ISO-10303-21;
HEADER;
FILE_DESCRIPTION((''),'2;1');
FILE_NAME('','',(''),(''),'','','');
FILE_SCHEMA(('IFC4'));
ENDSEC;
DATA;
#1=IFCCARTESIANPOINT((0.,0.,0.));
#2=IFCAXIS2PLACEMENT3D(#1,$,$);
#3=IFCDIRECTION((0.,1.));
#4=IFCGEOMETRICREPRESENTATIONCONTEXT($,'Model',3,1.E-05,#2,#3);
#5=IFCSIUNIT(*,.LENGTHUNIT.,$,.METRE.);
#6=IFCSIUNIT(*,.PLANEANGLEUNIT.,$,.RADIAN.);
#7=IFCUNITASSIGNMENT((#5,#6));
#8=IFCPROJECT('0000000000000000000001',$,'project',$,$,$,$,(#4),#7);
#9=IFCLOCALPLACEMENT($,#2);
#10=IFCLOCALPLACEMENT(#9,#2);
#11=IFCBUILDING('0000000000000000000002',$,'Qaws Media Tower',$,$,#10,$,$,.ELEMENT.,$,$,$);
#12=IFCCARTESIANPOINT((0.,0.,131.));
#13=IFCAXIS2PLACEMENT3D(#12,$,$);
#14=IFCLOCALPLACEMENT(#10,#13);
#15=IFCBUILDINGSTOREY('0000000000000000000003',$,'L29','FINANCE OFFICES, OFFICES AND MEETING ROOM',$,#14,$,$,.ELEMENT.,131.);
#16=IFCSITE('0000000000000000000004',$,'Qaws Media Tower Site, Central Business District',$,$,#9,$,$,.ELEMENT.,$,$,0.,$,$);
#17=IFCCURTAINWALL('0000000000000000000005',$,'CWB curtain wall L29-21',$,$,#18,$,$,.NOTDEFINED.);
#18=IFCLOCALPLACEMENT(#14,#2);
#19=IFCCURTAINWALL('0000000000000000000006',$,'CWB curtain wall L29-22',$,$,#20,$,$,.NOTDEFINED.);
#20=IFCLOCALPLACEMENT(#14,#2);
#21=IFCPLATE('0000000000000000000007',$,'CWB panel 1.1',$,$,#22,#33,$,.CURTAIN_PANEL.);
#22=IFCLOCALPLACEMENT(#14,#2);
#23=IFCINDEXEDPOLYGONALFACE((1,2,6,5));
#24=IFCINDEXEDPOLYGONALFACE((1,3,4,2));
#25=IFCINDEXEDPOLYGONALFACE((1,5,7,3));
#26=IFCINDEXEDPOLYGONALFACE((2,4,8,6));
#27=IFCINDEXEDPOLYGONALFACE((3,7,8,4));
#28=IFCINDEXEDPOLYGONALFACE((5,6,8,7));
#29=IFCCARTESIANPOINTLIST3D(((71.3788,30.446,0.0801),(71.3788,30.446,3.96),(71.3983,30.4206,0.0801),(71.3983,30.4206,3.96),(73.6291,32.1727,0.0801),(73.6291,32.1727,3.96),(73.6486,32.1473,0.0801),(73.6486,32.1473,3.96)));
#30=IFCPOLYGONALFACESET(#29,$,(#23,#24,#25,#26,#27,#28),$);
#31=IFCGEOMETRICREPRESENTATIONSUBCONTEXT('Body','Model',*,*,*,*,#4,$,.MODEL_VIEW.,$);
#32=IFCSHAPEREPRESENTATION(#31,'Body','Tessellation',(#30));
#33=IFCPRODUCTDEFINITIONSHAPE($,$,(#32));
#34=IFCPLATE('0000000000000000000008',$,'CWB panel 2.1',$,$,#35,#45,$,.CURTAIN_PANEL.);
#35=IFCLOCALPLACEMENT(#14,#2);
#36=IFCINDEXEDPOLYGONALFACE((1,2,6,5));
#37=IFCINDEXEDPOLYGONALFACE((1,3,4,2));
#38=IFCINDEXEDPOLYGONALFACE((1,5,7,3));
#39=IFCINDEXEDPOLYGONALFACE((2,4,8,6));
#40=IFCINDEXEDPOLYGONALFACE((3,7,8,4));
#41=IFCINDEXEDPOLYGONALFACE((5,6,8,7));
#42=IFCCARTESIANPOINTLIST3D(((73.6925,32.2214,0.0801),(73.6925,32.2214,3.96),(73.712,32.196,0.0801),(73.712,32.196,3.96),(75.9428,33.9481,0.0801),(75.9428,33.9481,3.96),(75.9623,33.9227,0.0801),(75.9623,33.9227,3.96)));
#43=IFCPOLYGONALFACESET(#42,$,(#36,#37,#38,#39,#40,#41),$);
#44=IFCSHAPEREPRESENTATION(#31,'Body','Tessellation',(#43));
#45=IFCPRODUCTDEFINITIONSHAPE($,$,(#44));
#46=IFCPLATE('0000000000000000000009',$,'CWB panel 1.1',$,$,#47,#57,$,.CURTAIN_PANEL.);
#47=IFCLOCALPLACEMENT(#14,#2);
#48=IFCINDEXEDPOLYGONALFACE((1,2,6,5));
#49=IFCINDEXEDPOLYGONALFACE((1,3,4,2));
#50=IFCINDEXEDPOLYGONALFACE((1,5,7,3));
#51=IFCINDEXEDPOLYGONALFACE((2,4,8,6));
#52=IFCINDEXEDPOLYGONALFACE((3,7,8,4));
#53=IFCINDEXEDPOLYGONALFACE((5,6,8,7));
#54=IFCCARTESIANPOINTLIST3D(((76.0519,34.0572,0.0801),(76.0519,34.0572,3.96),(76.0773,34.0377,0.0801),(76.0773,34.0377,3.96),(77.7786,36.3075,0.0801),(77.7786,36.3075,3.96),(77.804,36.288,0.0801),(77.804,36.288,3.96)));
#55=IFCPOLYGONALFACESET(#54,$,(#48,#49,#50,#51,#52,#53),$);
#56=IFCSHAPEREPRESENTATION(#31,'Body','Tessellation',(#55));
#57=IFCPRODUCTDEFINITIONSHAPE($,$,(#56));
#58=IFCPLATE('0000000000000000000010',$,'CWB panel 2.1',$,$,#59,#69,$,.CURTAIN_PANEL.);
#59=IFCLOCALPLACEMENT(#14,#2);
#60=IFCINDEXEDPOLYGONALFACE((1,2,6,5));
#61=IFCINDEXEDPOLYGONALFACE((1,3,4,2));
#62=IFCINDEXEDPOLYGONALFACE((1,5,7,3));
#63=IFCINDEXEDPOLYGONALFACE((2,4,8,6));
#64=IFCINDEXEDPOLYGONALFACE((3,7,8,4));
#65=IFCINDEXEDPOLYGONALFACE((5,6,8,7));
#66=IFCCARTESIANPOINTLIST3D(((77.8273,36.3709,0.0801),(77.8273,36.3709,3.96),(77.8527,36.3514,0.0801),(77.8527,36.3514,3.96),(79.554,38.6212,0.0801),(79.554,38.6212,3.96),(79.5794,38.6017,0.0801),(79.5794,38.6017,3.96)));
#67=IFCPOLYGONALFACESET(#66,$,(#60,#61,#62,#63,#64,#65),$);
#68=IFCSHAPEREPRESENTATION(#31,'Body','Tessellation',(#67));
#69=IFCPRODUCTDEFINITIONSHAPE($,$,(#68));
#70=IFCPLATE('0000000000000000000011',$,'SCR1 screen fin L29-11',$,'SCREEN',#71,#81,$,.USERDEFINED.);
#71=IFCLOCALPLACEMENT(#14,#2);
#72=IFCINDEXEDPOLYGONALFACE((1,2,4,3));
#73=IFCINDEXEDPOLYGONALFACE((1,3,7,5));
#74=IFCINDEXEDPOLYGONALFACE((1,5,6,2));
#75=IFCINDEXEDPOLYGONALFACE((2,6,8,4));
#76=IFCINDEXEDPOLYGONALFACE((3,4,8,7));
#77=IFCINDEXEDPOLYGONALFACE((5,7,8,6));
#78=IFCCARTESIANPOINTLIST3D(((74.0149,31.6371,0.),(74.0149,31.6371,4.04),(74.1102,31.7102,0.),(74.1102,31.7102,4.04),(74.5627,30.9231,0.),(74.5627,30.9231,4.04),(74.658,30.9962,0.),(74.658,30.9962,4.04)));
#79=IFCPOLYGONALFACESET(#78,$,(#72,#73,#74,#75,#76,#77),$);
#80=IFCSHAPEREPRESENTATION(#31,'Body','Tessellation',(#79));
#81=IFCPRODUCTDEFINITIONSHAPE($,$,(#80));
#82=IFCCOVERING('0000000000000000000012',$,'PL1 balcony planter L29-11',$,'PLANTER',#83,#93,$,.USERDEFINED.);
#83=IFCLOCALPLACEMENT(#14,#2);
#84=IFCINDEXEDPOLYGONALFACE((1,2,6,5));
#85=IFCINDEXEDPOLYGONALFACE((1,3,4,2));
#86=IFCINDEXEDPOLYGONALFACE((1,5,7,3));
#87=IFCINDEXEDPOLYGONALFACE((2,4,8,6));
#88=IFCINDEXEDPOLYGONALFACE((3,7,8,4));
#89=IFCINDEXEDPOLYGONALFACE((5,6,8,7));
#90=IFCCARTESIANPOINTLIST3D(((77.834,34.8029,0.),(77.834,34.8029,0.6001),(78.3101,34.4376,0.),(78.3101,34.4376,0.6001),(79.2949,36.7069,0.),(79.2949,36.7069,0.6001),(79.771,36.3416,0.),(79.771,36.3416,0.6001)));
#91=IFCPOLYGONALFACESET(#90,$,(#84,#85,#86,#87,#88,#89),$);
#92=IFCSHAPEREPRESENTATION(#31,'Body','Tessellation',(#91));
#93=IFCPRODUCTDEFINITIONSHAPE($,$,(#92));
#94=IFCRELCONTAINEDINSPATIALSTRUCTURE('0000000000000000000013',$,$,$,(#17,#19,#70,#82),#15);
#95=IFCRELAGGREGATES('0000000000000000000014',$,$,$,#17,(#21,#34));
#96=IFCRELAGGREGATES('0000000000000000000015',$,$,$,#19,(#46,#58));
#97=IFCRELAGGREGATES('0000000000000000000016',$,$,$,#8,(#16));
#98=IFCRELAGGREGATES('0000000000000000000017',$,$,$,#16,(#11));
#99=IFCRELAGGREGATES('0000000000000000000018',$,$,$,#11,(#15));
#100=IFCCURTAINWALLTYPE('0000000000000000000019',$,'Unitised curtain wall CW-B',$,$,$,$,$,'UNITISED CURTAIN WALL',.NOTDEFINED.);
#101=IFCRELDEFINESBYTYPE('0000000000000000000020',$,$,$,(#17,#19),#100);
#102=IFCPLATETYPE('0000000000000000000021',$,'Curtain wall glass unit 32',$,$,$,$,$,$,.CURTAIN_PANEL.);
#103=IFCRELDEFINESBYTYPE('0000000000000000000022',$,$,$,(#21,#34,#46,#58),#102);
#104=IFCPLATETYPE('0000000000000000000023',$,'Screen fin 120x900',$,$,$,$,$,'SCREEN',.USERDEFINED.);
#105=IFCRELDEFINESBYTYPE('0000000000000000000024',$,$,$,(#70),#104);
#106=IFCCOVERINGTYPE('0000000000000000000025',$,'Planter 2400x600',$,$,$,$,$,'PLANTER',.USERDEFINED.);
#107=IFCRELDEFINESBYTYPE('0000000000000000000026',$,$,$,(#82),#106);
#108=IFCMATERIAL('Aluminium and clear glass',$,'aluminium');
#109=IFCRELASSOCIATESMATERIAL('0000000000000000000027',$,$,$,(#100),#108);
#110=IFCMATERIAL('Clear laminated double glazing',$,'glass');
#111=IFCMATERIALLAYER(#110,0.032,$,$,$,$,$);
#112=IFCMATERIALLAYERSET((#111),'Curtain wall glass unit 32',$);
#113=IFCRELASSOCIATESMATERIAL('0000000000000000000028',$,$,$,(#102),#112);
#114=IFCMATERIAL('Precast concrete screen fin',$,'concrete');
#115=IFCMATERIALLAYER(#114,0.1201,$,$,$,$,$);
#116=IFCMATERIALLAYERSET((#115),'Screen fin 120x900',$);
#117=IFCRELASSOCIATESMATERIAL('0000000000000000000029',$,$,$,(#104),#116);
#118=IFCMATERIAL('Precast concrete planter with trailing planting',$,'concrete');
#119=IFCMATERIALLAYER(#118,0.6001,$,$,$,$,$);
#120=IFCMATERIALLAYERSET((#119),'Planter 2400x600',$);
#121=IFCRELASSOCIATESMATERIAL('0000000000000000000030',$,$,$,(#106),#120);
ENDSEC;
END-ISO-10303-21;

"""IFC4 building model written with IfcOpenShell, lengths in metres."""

from ifc_helpers import new_model, si_unit, direction, frame, origin, origin_2d, place, context, subcontext, project, spatial, rectangle, extrude, material, layer, layer_set, type_object, element, aggregate, save


model = new_model("IFC4")

# Units and contexts
model_context = context("Model", 3, precision=1e-05, world=origin(), true_north=direction((0.0, 1.0)))
body_context = subcontext(model_context, "Body", "Model", "MODEL_VIEW")
ifc_project = project(units=[si_unit("LENGTHUNIT", "METRE"), si_unit("PLANEANGLEUNIT", "RADIAN")], contexts=[model_context])

# Site, building, storey
site_placement = place(None, origin())
site = spatial("IfcSite", under=ifc_project, at=site_placement, Name="Qaws Media Tower Site, Central Business District", CompositionType="ELEMENT", RefElevation=0.0)
building_placement = place(site_placement, origin())
building = spatial("IfcBuilding", under=site, at=building_placement, Name="Qaws Media Tower", CompositionType="ELEMENT")
storey_placement = place(building_placement, frame((0.0, 0.0, 131.0)))
storey = spatial("IfcBuildingStorey", under=building, at=storey_placement, Name="L29", Description="FINANCE OFFICES, OFFICES AND MEETING ROOM", CompositionType="ELEMENT", Elevation=131.0)

# Curtain walls
ifc_material_1 = material(Name="Aluminium and clear glass", Category="aluminium")
curtain_wall_type = type_object("IfcCurtainWallType", Name="Unitised curtain wall CW-B", ElementType="UNITISED CURTAIN WALL", PredefinedType="NOTDEFINED", material=ifc_material_1)
curtain_wall_1_placement = place(storey_placement, origin())
curtain_wall_1 = element("IfcCurtainWall", 1, at=curtain_wall_1_placement, inside=storey, type_object=curtain_wall_type, Name="CWB curtain wall L29-21", PredefinedType="NOTDEFINED")
curtain_wall_2_placement = place(storey_placement, origin())
curtain_wall_2 = element("IfcCurtainWall", 2, at=curtain_wall_2_placement, inside=storey, type_object=curtain_wall_type, Name="CWB curtain wall L29-22", PredefinedType="NOTDEFINED")

# Plates
ifc_material_2 = material(Name="Clear laminated double glazing", Category="glass")
ifc_layer_1 = layer(ifc_material_2, 0.032)
ifc_layer_set_1 = layer_set([ifc_layer_1], Name="Curtain wall glass unit 32")
plate_type_1 = type_object("IfcPlateType", Name="Curtain wall glass unit 32", PredefinedType="CURTAIN_PANEL", material=ifc_layer_set_1)
plate_1_placement = place(storey_placement, frame((72.5137, 31.2966, 0.0801), z_axis=(0.0, 0.0, 1.0), x_axis=(0.793353, 0.608761, 0.0)))
plate_1 = element("IfcPlate", 3, at=plate_1_placement, type_object=plate_type_1, Name="CWB panel 1.1", PredefinedType="CURTAIN_PANEL", context=body_context, shape_type="SweptSolid", body=[
    extrude(rectangle(XDim=2.8364, YDim=0.032, at=origin_2d()), origin(), (0.0, 0.0, 1.0), 3.8799),
])
plate_2_placement = place(storey_placement, frame((74.8274, 33.072, 0.0801), z_axis=(0.0, 0.0, 1.0), x_axis=(0.793353, 0.608761, 0.0)))
plate_2 = element("IfcPlate", 4, at=plate_2_placement, type_object=plate_type_1, Name="CWB panel 2.1", PredefinedType="CURTAIN_PANEL", context=body_context, shape_type="SweptSolid", body=[
    extrude(rectangle(XDim=2.8364, YDim=0.032, at=origin_2d()), origin(), (0.0, 0.0, 1.0), 3.8799),
])
aggregate(curtain_wall_1, [plate_1, plate_2])
plate_3_placement = place(storey_placement, frame((76.928, 35.1726, 0.0801), z_axis=(0.0, 0.0, 1.0), x_axis=(0.608761, 0.793353, 0.0)))
plate_3 = element("IfcPlate", 5, at=plate_3_placement, type_object=plate_type_1, Name="CWB panel 1.1", PredefinedType="CURTAIN_PANEL", context=body_context, shape_type="SweptSolid", body=[
    extrude(rectangle(XDim=2.8364, YDim=0.032, at=origin_2d()), origin(), (0.0, 0.0, 1.0), 3.8799),
])
plate_4_placement = place(storey_placement, frame((78.7034, 37.4863, 0.0801), z_axis=(0.0, 0.0, 1.0), x_axis=(0.608761, 0.793353, 0.0)))
plate_4 = element("IfcPlate", 6, at=plate_4_placement, type_object=plate_type_1, Name="CWB panel 2.1", PredefinedType="CURTAIN_PANEL", context=body_context, shape_type="SweptSolid", body=[
    extrude(rectangle(XDim=2.8364, YDim=0.032, at=origin_2d()), origin(), (0.0, 0.0, 1.0), 3.8799),
])
aggregate(curtain_wall_2, [plate_3, plate_4])
ifc_material_3 = material(Name="Precast concrete screen fin", Category="concrete")
ifc_layer_2 = layer(ifc_material_3, 0.1201)
ifc_layer_set_2 = layer_set([ifc_layer_2], Name="Screen fin 120x900")
plate_type_2 = type_object("IfcPlateType", Name="Screen fin 120x900", ElementType="SCREEN", PredefinedType="USERDEFINED", material=ifc_layer_set_2)
plate_5_placement = place(storey_placement, frame((74.3364, 31.3167, 0.0), z_axis=(0.0, 0.0, 1.0), x_axis=(0.608761, -0.793353, 0.0)))
element("IfcPlate", 7, at=plate_5_placement, inside=storey, type_object=plate_type_2, Name="SCR1 screen fin L29-11", ObjectType="SCREEN", PredefinedType="USERDEFINED", context=body_context, shape_type="SweptSolid", body=[
    extrude(rectangle(XDim=0.8999, YDim=0.1201, at=origin_2d()), origin(), (0.0, 0.0, 1.0), 4.04),
])

# Covering
ifc_material_4 = material(Name="Precast concrete planter with trailing planting", Category="concrete")
ifc_layer_3 = layer(ifc_material_4, 0.6001)
ifc_layer_set_3 = layer_set([ifc_layer_3], Name="Planter 2400x600")
covering_type = type_object("IfcCoveringType", Name="Planter 2400x600", ElementType="PLANTER", PredefinedType="USERDEFINED", material=ifc_layer_set_3)
covering_placement = place(storey_placement, frame((78.8025, 35.5723, 0.0), z_axis=(0.0, 0.0, 1.0), x_axis=(0.608761, 0.793353, 0.0)))
element("IfcCovering", 8, at=covering_placement, inside=storey, type_object=covering_type, Name="PL1 balcony planter L29-11", ObjectType="PLANTER", PredefinedType="USERDEFINED", context=body_context, shape_type="SweptSolid", body=[
    extrude(rectangle(XDim=2.3999, YDim=0.6001, at=origin_2d()), origin(), (0.0, 0.0, 1.0), 0.6001),
])

save(model, "model.ifc")
